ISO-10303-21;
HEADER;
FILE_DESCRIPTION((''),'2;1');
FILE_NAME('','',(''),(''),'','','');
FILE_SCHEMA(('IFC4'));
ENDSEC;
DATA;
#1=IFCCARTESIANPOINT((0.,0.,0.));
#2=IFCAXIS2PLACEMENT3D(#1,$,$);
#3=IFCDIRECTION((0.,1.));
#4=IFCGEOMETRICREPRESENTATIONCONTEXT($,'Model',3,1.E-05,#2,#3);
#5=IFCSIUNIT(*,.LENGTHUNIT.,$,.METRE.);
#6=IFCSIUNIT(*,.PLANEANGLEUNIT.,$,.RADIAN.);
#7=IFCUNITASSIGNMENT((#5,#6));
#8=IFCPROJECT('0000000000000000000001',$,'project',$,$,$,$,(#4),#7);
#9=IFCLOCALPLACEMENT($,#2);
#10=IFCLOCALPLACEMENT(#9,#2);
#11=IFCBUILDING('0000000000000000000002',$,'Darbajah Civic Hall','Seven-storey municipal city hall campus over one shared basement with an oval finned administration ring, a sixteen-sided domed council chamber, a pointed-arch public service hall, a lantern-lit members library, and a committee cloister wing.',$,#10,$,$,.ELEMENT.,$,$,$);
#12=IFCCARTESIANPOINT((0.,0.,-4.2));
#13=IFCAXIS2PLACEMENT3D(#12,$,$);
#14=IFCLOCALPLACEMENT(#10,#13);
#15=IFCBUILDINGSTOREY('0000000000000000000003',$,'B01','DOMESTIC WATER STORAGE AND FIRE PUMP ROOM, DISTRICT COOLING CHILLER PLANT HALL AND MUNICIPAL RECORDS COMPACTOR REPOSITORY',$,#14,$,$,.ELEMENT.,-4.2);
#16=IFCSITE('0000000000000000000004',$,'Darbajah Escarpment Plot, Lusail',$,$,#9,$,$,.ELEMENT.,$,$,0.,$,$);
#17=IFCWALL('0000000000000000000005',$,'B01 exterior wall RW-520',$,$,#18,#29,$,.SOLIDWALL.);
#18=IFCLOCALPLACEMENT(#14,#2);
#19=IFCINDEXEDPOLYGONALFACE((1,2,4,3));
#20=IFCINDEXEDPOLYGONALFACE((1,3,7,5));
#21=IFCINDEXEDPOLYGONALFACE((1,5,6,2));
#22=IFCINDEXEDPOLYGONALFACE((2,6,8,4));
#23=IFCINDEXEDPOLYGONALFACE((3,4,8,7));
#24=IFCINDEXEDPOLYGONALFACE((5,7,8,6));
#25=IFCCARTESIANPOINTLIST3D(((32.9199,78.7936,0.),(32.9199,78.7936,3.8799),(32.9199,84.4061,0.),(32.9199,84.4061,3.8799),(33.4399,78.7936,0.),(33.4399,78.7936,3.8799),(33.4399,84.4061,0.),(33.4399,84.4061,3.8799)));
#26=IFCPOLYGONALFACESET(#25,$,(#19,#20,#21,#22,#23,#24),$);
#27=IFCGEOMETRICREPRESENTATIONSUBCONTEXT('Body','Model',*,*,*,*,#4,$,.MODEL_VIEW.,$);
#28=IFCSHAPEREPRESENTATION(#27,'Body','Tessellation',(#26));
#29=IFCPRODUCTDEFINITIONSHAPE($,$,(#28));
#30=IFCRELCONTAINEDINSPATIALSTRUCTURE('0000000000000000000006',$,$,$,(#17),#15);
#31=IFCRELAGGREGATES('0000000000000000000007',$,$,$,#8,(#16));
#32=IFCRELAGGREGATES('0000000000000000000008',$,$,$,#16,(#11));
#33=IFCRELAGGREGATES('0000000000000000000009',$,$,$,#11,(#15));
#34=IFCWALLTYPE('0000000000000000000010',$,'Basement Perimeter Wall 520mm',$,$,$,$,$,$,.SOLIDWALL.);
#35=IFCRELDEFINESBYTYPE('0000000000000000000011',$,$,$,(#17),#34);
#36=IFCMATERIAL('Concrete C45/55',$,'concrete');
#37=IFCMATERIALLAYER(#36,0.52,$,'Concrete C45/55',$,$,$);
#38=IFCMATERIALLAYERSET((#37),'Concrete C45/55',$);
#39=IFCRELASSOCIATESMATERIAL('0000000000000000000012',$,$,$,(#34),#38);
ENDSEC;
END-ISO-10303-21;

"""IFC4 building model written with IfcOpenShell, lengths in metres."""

from ifc_helpers import new_model, si_unit, direction, frame, frame_2d, origin, place, context, subcontext, project, spatial, rectangle, extrude, material, layer, layer_set, type_object, element, save


model = new_model("IFC4")

# Units and contexts
model_context = context("Model", 3, precision=1e-05, world=origin(), true_north=direction((0.0, 1.0)))
body_context = subcontext(model_context, "Body", "Model", "MODEL_VIEW")
ifc_project = project(units=[si_unit("LENGTHUNIT", "METRE"), si_unit("PLANEANGLEUNIT", "RADIAN")], contexts=[model_context])

# Site, building, storey
site_placement = place(None, origin())
site = spatial("IfcSite", under=ifc_project, at=site_placement, Name="Darbajah Escarpment Plot, Lusail", CompositionType="ELEMENT", RefElevation=0.0)
building_placement = place(site_placement, origin())
building = spatial("IfcBuilding", under=site, at=building_placement, Name="Darbajah Civic Hall", Description="Seven-storey municipal city hall campus over one shared basement with an oval finned administration ring, a sixteen-sided domed council chamber, a pointed-arch public service hall, a lantern-lit members library, and a committee cloister wing.", CompositionType="ELEMENT")
storey_placement = place(building_placement, frame((0.0, 0.0, -4.2)))
storey = spatial("IfcBuildingStorey", under=building, at=storey_placement, Name="B01", Description="DOMESTIC WATER STORAGE AND FIRE PUMP ROOM, DISTRICT COOLING CHILLER PLANT HALL AND MUNICIPAL RECORDS COMPACTOR REPOSITORY", CompositionType="ELEMENT", Elevation=-4.2)

# Shared definitions
ifc_material_1 = material(Name="Concrete C45/55", Category="concrete")

# Wall
ifc_layer_1 = layer(ifc_material_1, 0.52, Name="Concrete C45/55")
ifc_layer_set_1 = layer_set([ifc_layer_1], Name="Concrete C45/55")
wall_type = type_object("IfcWallType", Name="Basement Perimeter Wall 520mm", PredefinedType="SOLIDWALL", material=ifc_layer_set_1)
wall_1_placement = place(storey_placement, frame((33.1799, 78.7937, 0.0), z_axis=(0.0, 0.0, 1.0), x_axis=(0.0, 1.0, 0.0)))
element("IfcWall", 1, at=wall_1_placement, inside=storey, type_object=wall_type, Name="B01 exterior wall RW-520", PredefinedType="SOLIDWALL", context=body_context, shape_type="SweptSolid", body=[
    extrude(rectangle(XDim=5.6125, YDim=0.52, at=frame_2d((2.8062, 0.0))), origin(), (0.0, 0.0, 1.0), 3.8799),
])

save(model, "model.ifc")
